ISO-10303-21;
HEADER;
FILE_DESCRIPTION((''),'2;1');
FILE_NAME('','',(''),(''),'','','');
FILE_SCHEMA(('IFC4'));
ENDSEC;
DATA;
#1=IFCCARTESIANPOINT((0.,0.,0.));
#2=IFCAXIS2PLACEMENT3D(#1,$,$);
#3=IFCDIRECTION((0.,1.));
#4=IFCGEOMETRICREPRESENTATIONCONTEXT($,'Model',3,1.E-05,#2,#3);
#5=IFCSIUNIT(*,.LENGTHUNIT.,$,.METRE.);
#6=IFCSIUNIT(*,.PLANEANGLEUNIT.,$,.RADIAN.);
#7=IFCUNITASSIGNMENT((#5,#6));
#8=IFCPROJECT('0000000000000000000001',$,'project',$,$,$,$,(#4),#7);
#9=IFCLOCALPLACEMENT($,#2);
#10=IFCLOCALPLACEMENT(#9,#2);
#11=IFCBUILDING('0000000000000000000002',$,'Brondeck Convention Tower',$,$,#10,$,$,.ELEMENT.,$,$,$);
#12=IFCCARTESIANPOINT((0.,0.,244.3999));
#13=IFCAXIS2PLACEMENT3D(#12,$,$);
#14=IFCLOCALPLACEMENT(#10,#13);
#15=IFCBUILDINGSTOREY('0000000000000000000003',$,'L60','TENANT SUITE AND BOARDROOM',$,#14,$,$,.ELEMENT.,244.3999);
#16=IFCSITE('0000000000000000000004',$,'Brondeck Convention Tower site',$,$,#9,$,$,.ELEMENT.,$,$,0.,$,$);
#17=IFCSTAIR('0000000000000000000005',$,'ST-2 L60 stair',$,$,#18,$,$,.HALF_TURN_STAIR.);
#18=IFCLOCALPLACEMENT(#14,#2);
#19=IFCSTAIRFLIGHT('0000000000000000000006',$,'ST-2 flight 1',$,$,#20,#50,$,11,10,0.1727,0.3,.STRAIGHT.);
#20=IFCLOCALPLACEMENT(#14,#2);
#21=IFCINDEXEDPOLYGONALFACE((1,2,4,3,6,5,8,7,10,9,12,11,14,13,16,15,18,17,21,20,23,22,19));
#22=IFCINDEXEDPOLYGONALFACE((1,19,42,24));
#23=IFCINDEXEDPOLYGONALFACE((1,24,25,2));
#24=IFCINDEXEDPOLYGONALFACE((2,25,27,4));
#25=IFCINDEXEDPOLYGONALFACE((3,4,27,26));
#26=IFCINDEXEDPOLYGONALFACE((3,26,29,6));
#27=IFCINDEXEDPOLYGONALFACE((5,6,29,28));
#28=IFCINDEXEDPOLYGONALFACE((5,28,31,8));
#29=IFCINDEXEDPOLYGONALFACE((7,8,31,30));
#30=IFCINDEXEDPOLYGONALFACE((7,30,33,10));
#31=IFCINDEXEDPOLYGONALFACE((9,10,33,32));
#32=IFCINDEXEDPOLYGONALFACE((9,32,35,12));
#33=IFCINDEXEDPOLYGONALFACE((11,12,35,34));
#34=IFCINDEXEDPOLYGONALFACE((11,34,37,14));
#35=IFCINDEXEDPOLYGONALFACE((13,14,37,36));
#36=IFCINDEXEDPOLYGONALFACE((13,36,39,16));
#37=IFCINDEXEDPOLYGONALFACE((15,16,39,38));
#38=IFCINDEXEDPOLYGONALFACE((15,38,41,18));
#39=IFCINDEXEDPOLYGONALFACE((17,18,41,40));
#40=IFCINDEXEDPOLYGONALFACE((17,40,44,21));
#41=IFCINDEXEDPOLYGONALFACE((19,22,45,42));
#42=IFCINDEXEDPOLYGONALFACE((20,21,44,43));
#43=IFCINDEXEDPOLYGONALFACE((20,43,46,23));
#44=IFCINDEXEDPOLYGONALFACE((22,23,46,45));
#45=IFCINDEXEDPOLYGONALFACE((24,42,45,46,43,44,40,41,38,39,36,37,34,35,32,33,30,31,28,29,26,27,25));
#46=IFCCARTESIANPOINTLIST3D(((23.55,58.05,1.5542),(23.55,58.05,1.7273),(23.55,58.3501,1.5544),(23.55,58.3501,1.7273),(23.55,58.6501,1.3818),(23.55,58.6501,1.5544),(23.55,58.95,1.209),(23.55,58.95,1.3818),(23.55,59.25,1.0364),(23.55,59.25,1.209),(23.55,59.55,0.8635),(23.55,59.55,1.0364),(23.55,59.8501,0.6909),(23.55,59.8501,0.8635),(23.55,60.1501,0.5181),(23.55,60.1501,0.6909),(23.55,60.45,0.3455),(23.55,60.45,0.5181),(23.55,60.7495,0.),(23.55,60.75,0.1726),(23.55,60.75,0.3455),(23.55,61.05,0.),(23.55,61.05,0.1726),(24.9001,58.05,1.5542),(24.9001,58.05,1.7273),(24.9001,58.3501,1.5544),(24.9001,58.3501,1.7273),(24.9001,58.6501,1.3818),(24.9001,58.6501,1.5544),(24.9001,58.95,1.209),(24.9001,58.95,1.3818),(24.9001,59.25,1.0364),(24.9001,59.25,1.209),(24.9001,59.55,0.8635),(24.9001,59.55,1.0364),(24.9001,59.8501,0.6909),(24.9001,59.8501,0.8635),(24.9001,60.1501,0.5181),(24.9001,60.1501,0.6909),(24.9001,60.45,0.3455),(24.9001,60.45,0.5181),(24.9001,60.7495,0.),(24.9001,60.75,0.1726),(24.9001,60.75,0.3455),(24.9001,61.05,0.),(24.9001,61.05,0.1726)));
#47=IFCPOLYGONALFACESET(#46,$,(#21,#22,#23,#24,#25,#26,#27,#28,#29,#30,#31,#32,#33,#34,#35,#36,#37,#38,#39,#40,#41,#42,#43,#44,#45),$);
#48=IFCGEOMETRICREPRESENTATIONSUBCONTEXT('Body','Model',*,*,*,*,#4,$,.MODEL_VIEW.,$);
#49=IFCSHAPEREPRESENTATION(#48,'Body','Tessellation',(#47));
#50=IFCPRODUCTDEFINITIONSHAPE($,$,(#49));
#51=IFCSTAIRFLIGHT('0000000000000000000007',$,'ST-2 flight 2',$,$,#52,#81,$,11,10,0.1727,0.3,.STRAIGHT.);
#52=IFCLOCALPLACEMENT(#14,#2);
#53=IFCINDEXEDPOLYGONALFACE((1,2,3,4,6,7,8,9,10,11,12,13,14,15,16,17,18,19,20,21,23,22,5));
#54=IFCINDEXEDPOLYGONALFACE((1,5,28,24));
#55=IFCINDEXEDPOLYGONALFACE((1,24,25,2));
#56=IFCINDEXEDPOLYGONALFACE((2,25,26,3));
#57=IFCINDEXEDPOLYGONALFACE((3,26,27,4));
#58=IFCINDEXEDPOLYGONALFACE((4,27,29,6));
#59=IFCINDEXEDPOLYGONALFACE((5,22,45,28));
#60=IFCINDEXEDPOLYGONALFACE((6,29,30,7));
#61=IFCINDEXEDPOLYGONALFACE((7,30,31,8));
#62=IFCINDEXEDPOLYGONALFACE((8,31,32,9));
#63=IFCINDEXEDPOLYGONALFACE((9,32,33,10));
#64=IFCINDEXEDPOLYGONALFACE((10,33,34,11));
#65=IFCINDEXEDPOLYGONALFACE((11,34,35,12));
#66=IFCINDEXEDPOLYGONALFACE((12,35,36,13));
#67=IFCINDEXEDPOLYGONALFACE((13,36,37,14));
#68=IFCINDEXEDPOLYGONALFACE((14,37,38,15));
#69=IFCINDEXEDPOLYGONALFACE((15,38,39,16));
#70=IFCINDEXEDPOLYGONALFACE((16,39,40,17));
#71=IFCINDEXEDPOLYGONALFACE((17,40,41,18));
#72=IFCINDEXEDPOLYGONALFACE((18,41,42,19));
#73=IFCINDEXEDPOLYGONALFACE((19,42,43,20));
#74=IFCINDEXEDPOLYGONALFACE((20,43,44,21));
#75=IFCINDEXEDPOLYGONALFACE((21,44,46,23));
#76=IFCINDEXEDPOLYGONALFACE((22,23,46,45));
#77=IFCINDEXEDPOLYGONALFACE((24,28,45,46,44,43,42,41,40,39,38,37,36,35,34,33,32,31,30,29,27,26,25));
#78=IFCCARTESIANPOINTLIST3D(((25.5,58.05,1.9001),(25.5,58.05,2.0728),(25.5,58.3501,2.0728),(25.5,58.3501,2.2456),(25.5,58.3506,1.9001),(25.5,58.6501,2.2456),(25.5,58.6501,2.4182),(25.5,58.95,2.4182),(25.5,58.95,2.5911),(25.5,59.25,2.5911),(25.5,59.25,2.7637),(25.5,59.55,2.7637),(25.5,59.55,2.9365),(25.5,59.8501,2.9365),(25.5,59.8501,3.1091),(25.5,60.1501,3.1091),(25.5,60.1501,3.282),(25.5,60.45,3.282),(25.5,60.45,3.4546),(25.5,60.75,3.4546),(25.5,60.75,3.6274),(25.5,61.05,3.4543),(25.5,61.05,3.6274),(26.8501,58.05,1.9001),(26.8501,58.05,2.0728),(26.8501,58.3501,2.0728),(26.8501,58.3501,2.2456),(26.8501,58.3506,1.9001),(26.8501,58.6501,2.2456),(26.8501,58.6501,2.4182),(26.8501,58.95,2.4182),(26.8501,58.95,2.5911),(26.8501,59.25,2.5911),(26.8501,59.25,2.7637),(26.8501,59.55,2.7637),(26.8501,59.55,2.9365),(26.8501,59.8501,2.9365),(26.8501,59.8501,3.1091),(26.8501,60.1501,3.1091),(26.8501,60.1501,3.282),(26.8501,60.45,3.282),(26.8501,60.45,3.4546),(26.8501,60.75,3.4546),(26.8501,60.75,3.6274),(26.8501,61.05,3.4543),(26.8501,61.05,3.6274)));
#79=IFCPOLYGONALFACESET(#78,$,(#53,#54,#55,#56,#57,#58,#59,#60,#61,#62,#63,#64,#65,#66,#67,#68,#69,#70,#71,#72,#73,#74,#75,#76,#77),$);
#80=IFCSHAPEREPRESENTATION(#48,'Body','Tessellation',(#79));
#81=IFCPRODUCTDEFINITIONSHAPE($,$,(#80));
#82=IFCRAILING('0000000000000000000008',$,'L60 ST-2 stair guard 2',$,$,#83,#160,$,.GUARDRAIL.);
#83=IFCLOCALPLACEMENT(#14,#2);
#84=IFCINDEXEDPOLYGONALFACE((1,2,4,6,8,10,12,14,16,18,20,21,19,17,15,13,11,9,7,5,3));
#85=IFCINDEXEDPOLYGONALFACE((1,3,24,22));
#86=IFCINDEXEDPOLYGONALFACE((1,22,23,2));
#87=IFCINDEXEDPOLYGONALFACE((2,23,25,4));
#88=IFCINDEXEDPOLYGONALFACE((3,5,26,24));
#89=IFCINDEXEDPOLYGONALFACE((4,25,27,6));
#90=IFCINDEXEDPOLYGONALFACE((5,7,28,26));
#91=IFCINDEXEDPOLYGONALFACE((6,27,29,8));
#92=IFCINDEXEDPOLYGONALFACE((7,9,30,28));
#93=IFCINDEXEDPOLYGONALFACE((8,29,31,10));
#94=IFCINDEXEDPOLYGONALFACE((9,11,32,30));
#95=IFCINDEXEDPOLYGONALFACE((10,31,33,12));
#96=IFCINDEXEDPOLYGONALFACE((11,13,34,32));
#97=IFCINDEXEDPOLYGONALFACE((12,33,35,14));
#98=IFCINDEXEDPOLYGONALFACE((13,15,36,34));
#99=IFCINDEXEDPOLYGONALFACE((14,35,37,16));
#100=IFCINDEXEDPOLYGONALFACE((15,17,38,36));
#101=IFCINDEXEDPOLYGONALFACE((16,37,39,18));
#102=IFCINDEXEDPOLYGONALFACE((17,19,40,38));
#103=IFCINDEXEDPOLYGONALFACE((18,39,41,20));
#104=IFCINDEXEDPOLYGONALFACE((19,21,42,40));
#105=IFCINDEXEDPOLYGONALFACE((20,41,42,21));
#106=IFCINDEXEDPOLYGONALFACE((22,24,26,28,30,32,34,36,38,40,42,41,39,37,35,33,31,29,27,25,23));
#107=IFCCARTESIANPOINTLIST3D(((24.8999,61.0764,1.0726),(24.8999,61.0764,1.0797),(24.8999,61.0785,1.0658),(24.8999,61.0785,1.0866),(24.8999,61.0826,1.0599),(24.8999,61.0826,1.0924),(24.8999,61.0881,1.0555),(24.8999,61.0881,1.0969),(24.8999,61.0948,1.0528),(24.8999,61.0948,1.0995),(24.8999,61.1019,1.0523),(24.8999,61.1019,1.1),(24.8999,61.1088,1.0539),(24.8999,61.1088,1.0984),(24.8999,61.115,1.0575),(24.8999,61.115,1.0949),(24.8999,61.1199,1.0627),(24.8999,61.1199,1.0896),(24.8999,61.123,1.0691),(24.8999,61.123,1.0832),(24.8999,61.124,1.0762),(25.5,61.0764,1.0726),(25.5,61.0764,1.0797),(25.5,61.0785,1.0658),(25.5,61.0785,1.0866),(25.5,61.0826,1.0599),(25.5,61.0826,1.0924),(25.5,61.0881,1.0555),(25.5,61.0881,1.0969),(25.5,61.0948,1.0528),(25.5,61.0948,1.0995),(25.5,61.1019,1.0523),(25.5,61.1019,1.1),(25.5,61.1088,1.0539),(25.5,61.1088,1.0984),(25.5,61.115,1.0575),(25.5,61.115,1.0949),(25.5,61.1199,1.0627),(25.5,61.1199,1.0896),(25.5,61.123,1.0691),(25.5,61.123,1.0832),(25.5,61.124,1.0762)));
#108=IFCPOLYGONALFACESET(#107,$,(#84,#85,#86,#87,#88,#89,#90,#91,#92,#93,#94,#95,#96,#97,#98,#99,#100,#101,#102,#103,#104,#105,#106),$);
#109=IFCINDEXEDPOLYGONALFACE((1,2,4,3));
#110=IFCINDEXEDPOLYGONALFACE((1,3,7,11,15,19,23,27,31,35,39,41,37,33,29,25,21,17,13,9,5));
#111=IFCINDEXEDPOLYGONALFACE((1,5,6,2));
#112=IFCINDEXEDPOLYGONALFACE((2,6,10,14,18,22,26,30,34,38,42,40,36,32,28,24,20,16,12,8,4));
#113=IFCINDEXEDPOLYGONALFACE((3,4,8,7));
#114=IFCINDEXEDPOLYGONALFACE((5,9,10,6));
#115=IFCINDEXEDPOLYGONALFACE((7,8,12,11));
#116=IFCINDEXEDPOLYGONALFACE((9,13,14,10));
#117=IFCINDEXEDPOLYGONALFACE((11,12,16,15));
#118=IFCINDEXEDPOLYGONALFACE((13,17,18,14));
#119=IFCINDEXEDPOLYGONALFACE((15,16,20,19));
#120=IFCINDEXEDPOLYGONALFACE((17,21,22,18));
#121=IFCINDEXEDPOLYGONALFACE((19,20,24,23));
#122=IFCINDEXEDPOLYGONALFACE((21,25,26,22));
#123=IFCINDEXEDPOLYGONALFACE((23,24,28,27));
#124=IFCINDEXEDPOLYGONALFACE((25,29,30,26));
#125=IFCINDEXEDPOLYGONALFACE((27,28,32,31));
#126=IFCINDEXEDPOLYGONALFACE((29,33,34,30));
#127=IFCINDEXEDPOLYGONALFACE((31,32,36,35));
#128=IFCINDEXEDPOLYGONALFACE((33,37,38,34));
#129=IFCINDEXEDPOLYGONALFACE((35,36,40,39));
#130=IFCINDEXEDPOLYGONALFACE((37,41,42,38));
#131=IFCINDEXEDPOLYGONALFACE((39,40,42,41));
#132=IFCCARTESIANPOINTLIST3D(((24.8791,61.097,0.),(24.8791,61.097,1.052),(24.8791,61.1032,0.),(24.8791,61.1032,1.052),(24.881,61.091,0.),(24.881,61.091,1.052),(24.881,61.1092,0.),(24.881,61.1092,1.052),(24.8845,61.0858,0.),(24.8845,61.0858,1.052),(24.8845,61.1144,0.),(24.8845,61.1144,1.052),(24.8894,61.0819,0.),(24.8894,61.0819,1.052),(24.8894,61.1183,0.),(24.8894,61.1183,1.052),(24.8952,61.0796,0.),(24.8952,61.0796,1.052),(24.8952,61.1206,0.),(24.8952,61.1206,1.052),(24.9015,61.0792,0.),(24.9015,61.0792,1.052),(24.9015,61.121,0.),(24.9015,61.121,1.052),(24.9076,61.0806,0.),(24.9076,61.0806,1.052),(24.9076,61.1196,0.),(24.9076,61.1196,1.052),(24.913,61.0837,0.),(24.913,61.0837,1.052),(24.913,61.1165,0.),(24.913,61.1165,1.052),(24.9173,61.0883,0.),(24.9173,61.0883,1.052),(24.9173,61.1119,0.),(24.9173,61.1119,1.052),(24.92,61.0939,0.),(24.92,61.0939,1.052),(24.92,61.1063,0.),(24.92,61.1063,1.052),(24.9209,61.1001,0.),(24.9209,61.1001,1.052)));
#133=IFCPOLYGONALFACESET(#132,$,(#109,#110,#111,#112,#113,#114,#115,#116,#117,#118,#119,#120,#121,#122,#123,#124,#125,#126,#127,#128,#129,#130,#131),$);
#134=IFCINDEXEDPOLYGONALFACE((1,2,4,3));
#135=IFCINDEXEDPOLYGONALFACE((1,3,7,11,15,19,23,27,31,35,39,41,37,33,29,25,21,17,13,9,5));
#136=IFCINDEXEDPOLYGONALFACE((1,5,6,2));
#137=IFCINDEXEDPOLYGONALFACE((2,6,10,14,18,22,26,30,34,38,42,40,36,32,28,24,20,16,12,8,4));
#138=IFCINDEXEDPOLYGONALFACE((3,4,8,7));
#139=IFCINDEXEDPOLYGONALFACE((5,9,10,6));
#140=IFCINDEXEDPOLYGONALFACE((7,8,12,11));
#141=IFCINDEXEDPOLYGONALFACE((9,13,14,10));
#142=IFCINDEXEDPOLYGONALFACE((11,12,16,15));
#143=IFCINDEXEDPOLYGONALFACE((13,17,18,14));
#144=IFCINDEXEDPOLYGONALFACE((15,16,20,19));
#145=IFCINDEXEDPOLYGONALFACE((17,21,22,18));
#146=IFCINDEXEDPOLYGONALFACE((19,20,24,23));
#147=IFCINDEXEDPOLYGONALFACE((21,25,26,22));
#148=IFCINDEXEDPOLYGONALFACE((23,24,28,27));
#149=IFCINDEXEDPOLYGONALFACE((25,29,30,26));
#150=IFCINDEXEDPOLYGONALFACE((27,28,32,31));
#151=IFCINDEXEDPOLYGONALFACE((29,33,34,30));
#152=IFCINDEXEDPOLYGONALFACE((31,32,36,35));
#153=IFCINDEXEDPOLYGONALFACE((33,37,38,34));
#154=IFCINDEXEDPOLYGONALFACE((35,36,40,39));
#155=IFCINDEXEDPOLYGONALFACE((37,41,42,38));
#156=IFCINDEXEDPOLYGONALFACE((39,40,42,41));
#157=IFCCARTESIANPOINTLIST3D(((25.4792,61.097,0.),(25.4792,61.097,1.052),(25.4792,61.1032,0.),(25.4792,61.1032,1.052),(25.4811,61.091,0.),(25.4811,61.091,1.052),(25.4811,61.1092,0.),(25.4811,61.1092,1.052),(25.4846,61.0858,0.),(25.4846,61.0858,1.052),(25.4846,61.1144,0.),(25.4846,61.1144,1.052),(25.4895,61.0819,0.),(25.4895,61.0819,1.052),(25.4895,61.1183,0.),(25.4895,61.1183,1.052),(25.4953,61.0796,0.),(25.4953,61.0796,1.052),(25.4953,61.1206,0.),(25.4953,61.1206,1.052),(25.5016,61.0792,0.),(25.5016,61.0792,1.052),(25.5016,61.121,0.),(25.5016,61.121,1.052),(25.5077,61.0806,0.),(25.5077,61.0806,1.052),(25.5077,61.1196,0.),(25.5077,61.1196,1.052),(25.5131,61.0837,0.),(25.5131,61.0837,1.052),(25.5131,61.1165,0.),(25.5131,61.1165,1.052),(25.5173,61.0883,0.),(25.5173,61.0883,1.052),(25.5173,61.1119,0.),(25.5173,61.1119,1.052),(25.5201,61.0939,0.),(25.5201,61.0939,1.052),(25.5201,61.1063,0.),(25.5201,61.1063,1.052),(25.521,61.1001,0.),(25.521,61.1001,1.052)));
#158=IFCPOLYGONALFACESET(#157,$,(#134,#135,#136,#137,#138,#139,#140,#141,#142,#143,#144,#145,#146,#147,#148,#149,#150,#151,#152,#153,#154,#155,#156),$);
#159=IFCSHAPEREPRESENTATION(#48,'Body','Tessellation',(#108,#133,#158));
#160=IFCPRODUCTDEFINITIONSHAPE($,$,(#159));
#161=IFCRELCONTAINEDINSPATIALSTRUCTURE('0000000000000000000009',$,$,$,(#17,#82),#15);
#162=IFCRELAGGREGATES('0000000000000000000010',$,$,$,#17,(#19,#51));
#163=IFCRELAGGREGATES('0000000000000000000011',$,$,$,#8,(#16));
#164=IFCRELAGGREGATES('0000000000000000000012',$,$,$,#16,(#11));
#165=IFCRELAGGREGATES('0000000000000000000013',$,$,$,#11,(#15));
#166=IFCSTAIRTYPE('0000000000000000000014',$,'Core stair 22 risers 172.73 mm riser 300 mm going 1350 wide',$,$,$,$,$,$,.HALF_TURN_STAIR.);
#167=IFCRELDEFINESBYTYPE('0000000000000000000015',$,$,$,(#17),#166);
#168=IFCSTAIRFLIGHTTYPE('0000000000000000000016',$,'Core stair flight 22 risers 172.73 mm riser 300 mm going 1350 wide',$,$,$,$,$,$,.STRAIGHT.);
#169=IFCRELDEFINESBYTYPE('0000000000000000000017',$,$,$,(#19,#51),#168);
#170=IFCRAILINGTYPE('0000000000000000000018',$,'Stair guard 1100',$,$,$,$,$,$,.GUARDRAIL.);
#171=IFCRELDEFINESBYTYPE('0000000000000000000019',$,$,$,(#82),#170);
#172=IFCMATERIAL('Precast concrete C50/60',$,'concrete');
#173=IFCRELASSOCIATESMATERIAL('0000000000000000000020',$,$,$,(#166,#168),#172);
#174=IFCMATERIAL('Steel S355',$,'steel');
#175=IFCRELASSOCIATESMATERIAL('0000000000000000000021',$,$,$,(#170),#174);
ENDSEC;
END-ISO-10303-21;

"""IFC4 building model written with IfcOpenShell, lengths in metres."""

from ifc_helpers import new_model, si_unit, direction, frame, origin, origin_2d, place, context, subcontext, project, spatial, polyline, circle, outline, extrude, material, type_object, element, aggregate, save


model = new_model("IFC4")

# Units and contexts
model_context = context("Model", 3, precision=1e-05, world=origin(), true_north=direction((0.0, 1.0)))
body_context = subcontext(model_context, "Body", "Model", "MODEL_VIEW")
ifc_project = project(units=[si_unit("LENGTHUNIT", "METRE"), si_unit("PLANEANGLEUNIT", "RADIAN")], contexts=[model_context])

# Site, building, storey
site_placement = place(None, origin())
site = spatial("IfcSite", under=ifc_project, at=site_placement, Name="Brondeck Convention Tower site", CompositionType="ELEMENT", RefElevation=0.0)
building_placement = place(site_placement, origin())
building = spatial("IfcBuilding", under=site, at=building_placement, Name="Brondeck Convention Tower", CompositionType="ELEMENT")
storey_placement = place(building_placement, frame((0.0, 0.0, 244.3999)))
storey = spatial("IfcBuildingStorey", under=building, at=storey_placement, Name="L60", Description="TENANT SUITE AND BOARDROOM", CompositionType="ELEMENT", Elevation=244.3999)

# Stair, stair flights
ifc_material_1 = material(Name="Precast concrete C50/60", Category="concrete")
stair_type = type_object("IfcStairType", Name="Core stair 22 risers 172.73 mm riser 300 mm going 1350 wide", PredefinedType="HALF_TURN_STAIR", material=ifc_material_1)
stair_placement = place(storey_placement, origin())
stair = element("IfcStair", 1, at=stair_placement, inside=storey, type_object=stair_type, Name="ST-2 L60 stair", PredefinedType="HALF_TURN_STAIR")
stair_flight_type = type_object("IfcStairFlightType", Name="Core stair flight 22 risers 172.73 mm riser 300 mm going 1350 wide", PredefinedType="STRAIGHT", material=ifc_material_1)
stair_flight_1_placement = place(storey_placement, frame((24.2251, 61.05, 0.0), z_axis=(0.0, 0.0, 1.0), x_axis=(0.0, -1.0, 0.0)))
stair_flight_1 = element("IfcStairFlight", 2, at=stair_flight_1_placement, type_object=stair_flight_type, Name="ST-2 flight 1", NumberOfRisers=11, NumberOfTreads=10, PredefinedType="STRAIGHT", RiserHeight=0.1727, TreadLength=0.3, context=body_context, shape_type="SweptSolid", body=[
    extrude(outline(polyline([(0.0, 0.0), (0.0, 0.1726), (0.3, 0.1726), (0.3, 0.3455), (0.6001, 0.3455), (0.6001, 0.5181), (0.8999, 0.5181), (0.8999, 0.6909), (1.2, 0.6909), (1.2, 0.8635), (1.5, 0.8635), (1.5, 1.0364), (1.8, 1.0364), (1.8, 1.209), (2.1001, 1.209), (2.1001, 1.3818), (2.3999, 1.3818), (2.3999, 1.5544), (2.7, 1.5544), (2.7, 1.7273), (3.0, 1.7273), (3.0, 1.8999), (3.0, 1.5542), (0.3005, 0.0), (0.0, 0.0)])), frame((0.0, 0.675, 0.0), z_axis=(0.0, -1.0, 0.0), x_axis=(1.0, 0.0, 0.0)), (0.0, 0.0, 1.0), 1.3501),
])
stair_flight_2_placement = place(storey_placement, frame((26.175, 58.05, 1.9001), z_axis=(0.0, 0.0, 1.0), x_axis=(0.0, 1.0, 0.0)))
stair_flight_2 = element("IfcStairFlight", 3, at=stair_flight_2_placement, type_object=stair_flight_type, Name="ST-2 flight 2", NumberOfRisers=11, NumberOfTreads=10, PredefinedType="STRAIGHT", RiserHeight=0.1727, TreadLength=0.3, context=body_context, shape_type="SweptSolid", body=[
    extrude(outline(polyline([(0.0, 0.0), (0.0, 0.1726), (0.3, 0.1726), (0.3, 0.3455), (0.6001, 0.3455), (0.6001, 0.5181), (0.8999, 0.5181), (0.8999, 0.6909), (1.2, 0.6909), (1.2, 0.8635), (1.5, 0.8635), (1.5, 1.0364), (1.8, 1.0364), (1.8, 1.209), (2.1001, 1.209), (2.1001, 1.3818), (2.3999, 1.3818), (2.3999, 1.5544), (2.7, 1.5544), (2.7, 1.7273), (3.0, 1.7273), (3.0, 1.8999), (3.0, 1.5542), (0.3005, 0.0), (0.0, 0.0)])), frame((0.0, 0.675, 0.0), z_axis=(0.0, -1.0, 0.0), x_axis=(1.0, 0.0, 0.0)), (0.0, 0.0, 1.0), 1.3501),
])
aggregate(stair, [stair_flight_1, stair_flight_2])

# Railing
ifc_material_2 = material(Name="Steel S355", Category="steel")
railing_type_1 = type_object("IfcRailingType", Name="Stair guard 1100", PredefinedType="GUARDRAIL", material=ifc_material_2)
railing_1_placement = place(storey_placement, frame((24.8999, 61.1001, 0.0)))
element("IfcRailing", 4, at=railing_1_placement, inside=storey, type_object=railing_type_1, Name="L60 ST-2 stair guard 2", PredefinedType="GUARDRAIL", context=body_context, shape_type="SweptSolid", body=[
    extrude(circle(Radius=0.0239, at=origin_2d()), frame((0.0, 0.0, 1.0762), z_axis=(1.0, 0.0, 0.0), x_axis=(0.0, 1.0, 0.0)), (0.0, 0.0, 1.0), 0.6001),
    extrude(circle(Radius=0.021, at=origin_2d()), origin(), (0.0, 0.0, 1.0), 1.052),
    extrude(circle(Radius=0.021, at=origin_2d()), frame((0.6001, 0.0, 0.0)), (0.0, 0.0, 1.0), 1.052),
])

save(model, "model.ifc")
